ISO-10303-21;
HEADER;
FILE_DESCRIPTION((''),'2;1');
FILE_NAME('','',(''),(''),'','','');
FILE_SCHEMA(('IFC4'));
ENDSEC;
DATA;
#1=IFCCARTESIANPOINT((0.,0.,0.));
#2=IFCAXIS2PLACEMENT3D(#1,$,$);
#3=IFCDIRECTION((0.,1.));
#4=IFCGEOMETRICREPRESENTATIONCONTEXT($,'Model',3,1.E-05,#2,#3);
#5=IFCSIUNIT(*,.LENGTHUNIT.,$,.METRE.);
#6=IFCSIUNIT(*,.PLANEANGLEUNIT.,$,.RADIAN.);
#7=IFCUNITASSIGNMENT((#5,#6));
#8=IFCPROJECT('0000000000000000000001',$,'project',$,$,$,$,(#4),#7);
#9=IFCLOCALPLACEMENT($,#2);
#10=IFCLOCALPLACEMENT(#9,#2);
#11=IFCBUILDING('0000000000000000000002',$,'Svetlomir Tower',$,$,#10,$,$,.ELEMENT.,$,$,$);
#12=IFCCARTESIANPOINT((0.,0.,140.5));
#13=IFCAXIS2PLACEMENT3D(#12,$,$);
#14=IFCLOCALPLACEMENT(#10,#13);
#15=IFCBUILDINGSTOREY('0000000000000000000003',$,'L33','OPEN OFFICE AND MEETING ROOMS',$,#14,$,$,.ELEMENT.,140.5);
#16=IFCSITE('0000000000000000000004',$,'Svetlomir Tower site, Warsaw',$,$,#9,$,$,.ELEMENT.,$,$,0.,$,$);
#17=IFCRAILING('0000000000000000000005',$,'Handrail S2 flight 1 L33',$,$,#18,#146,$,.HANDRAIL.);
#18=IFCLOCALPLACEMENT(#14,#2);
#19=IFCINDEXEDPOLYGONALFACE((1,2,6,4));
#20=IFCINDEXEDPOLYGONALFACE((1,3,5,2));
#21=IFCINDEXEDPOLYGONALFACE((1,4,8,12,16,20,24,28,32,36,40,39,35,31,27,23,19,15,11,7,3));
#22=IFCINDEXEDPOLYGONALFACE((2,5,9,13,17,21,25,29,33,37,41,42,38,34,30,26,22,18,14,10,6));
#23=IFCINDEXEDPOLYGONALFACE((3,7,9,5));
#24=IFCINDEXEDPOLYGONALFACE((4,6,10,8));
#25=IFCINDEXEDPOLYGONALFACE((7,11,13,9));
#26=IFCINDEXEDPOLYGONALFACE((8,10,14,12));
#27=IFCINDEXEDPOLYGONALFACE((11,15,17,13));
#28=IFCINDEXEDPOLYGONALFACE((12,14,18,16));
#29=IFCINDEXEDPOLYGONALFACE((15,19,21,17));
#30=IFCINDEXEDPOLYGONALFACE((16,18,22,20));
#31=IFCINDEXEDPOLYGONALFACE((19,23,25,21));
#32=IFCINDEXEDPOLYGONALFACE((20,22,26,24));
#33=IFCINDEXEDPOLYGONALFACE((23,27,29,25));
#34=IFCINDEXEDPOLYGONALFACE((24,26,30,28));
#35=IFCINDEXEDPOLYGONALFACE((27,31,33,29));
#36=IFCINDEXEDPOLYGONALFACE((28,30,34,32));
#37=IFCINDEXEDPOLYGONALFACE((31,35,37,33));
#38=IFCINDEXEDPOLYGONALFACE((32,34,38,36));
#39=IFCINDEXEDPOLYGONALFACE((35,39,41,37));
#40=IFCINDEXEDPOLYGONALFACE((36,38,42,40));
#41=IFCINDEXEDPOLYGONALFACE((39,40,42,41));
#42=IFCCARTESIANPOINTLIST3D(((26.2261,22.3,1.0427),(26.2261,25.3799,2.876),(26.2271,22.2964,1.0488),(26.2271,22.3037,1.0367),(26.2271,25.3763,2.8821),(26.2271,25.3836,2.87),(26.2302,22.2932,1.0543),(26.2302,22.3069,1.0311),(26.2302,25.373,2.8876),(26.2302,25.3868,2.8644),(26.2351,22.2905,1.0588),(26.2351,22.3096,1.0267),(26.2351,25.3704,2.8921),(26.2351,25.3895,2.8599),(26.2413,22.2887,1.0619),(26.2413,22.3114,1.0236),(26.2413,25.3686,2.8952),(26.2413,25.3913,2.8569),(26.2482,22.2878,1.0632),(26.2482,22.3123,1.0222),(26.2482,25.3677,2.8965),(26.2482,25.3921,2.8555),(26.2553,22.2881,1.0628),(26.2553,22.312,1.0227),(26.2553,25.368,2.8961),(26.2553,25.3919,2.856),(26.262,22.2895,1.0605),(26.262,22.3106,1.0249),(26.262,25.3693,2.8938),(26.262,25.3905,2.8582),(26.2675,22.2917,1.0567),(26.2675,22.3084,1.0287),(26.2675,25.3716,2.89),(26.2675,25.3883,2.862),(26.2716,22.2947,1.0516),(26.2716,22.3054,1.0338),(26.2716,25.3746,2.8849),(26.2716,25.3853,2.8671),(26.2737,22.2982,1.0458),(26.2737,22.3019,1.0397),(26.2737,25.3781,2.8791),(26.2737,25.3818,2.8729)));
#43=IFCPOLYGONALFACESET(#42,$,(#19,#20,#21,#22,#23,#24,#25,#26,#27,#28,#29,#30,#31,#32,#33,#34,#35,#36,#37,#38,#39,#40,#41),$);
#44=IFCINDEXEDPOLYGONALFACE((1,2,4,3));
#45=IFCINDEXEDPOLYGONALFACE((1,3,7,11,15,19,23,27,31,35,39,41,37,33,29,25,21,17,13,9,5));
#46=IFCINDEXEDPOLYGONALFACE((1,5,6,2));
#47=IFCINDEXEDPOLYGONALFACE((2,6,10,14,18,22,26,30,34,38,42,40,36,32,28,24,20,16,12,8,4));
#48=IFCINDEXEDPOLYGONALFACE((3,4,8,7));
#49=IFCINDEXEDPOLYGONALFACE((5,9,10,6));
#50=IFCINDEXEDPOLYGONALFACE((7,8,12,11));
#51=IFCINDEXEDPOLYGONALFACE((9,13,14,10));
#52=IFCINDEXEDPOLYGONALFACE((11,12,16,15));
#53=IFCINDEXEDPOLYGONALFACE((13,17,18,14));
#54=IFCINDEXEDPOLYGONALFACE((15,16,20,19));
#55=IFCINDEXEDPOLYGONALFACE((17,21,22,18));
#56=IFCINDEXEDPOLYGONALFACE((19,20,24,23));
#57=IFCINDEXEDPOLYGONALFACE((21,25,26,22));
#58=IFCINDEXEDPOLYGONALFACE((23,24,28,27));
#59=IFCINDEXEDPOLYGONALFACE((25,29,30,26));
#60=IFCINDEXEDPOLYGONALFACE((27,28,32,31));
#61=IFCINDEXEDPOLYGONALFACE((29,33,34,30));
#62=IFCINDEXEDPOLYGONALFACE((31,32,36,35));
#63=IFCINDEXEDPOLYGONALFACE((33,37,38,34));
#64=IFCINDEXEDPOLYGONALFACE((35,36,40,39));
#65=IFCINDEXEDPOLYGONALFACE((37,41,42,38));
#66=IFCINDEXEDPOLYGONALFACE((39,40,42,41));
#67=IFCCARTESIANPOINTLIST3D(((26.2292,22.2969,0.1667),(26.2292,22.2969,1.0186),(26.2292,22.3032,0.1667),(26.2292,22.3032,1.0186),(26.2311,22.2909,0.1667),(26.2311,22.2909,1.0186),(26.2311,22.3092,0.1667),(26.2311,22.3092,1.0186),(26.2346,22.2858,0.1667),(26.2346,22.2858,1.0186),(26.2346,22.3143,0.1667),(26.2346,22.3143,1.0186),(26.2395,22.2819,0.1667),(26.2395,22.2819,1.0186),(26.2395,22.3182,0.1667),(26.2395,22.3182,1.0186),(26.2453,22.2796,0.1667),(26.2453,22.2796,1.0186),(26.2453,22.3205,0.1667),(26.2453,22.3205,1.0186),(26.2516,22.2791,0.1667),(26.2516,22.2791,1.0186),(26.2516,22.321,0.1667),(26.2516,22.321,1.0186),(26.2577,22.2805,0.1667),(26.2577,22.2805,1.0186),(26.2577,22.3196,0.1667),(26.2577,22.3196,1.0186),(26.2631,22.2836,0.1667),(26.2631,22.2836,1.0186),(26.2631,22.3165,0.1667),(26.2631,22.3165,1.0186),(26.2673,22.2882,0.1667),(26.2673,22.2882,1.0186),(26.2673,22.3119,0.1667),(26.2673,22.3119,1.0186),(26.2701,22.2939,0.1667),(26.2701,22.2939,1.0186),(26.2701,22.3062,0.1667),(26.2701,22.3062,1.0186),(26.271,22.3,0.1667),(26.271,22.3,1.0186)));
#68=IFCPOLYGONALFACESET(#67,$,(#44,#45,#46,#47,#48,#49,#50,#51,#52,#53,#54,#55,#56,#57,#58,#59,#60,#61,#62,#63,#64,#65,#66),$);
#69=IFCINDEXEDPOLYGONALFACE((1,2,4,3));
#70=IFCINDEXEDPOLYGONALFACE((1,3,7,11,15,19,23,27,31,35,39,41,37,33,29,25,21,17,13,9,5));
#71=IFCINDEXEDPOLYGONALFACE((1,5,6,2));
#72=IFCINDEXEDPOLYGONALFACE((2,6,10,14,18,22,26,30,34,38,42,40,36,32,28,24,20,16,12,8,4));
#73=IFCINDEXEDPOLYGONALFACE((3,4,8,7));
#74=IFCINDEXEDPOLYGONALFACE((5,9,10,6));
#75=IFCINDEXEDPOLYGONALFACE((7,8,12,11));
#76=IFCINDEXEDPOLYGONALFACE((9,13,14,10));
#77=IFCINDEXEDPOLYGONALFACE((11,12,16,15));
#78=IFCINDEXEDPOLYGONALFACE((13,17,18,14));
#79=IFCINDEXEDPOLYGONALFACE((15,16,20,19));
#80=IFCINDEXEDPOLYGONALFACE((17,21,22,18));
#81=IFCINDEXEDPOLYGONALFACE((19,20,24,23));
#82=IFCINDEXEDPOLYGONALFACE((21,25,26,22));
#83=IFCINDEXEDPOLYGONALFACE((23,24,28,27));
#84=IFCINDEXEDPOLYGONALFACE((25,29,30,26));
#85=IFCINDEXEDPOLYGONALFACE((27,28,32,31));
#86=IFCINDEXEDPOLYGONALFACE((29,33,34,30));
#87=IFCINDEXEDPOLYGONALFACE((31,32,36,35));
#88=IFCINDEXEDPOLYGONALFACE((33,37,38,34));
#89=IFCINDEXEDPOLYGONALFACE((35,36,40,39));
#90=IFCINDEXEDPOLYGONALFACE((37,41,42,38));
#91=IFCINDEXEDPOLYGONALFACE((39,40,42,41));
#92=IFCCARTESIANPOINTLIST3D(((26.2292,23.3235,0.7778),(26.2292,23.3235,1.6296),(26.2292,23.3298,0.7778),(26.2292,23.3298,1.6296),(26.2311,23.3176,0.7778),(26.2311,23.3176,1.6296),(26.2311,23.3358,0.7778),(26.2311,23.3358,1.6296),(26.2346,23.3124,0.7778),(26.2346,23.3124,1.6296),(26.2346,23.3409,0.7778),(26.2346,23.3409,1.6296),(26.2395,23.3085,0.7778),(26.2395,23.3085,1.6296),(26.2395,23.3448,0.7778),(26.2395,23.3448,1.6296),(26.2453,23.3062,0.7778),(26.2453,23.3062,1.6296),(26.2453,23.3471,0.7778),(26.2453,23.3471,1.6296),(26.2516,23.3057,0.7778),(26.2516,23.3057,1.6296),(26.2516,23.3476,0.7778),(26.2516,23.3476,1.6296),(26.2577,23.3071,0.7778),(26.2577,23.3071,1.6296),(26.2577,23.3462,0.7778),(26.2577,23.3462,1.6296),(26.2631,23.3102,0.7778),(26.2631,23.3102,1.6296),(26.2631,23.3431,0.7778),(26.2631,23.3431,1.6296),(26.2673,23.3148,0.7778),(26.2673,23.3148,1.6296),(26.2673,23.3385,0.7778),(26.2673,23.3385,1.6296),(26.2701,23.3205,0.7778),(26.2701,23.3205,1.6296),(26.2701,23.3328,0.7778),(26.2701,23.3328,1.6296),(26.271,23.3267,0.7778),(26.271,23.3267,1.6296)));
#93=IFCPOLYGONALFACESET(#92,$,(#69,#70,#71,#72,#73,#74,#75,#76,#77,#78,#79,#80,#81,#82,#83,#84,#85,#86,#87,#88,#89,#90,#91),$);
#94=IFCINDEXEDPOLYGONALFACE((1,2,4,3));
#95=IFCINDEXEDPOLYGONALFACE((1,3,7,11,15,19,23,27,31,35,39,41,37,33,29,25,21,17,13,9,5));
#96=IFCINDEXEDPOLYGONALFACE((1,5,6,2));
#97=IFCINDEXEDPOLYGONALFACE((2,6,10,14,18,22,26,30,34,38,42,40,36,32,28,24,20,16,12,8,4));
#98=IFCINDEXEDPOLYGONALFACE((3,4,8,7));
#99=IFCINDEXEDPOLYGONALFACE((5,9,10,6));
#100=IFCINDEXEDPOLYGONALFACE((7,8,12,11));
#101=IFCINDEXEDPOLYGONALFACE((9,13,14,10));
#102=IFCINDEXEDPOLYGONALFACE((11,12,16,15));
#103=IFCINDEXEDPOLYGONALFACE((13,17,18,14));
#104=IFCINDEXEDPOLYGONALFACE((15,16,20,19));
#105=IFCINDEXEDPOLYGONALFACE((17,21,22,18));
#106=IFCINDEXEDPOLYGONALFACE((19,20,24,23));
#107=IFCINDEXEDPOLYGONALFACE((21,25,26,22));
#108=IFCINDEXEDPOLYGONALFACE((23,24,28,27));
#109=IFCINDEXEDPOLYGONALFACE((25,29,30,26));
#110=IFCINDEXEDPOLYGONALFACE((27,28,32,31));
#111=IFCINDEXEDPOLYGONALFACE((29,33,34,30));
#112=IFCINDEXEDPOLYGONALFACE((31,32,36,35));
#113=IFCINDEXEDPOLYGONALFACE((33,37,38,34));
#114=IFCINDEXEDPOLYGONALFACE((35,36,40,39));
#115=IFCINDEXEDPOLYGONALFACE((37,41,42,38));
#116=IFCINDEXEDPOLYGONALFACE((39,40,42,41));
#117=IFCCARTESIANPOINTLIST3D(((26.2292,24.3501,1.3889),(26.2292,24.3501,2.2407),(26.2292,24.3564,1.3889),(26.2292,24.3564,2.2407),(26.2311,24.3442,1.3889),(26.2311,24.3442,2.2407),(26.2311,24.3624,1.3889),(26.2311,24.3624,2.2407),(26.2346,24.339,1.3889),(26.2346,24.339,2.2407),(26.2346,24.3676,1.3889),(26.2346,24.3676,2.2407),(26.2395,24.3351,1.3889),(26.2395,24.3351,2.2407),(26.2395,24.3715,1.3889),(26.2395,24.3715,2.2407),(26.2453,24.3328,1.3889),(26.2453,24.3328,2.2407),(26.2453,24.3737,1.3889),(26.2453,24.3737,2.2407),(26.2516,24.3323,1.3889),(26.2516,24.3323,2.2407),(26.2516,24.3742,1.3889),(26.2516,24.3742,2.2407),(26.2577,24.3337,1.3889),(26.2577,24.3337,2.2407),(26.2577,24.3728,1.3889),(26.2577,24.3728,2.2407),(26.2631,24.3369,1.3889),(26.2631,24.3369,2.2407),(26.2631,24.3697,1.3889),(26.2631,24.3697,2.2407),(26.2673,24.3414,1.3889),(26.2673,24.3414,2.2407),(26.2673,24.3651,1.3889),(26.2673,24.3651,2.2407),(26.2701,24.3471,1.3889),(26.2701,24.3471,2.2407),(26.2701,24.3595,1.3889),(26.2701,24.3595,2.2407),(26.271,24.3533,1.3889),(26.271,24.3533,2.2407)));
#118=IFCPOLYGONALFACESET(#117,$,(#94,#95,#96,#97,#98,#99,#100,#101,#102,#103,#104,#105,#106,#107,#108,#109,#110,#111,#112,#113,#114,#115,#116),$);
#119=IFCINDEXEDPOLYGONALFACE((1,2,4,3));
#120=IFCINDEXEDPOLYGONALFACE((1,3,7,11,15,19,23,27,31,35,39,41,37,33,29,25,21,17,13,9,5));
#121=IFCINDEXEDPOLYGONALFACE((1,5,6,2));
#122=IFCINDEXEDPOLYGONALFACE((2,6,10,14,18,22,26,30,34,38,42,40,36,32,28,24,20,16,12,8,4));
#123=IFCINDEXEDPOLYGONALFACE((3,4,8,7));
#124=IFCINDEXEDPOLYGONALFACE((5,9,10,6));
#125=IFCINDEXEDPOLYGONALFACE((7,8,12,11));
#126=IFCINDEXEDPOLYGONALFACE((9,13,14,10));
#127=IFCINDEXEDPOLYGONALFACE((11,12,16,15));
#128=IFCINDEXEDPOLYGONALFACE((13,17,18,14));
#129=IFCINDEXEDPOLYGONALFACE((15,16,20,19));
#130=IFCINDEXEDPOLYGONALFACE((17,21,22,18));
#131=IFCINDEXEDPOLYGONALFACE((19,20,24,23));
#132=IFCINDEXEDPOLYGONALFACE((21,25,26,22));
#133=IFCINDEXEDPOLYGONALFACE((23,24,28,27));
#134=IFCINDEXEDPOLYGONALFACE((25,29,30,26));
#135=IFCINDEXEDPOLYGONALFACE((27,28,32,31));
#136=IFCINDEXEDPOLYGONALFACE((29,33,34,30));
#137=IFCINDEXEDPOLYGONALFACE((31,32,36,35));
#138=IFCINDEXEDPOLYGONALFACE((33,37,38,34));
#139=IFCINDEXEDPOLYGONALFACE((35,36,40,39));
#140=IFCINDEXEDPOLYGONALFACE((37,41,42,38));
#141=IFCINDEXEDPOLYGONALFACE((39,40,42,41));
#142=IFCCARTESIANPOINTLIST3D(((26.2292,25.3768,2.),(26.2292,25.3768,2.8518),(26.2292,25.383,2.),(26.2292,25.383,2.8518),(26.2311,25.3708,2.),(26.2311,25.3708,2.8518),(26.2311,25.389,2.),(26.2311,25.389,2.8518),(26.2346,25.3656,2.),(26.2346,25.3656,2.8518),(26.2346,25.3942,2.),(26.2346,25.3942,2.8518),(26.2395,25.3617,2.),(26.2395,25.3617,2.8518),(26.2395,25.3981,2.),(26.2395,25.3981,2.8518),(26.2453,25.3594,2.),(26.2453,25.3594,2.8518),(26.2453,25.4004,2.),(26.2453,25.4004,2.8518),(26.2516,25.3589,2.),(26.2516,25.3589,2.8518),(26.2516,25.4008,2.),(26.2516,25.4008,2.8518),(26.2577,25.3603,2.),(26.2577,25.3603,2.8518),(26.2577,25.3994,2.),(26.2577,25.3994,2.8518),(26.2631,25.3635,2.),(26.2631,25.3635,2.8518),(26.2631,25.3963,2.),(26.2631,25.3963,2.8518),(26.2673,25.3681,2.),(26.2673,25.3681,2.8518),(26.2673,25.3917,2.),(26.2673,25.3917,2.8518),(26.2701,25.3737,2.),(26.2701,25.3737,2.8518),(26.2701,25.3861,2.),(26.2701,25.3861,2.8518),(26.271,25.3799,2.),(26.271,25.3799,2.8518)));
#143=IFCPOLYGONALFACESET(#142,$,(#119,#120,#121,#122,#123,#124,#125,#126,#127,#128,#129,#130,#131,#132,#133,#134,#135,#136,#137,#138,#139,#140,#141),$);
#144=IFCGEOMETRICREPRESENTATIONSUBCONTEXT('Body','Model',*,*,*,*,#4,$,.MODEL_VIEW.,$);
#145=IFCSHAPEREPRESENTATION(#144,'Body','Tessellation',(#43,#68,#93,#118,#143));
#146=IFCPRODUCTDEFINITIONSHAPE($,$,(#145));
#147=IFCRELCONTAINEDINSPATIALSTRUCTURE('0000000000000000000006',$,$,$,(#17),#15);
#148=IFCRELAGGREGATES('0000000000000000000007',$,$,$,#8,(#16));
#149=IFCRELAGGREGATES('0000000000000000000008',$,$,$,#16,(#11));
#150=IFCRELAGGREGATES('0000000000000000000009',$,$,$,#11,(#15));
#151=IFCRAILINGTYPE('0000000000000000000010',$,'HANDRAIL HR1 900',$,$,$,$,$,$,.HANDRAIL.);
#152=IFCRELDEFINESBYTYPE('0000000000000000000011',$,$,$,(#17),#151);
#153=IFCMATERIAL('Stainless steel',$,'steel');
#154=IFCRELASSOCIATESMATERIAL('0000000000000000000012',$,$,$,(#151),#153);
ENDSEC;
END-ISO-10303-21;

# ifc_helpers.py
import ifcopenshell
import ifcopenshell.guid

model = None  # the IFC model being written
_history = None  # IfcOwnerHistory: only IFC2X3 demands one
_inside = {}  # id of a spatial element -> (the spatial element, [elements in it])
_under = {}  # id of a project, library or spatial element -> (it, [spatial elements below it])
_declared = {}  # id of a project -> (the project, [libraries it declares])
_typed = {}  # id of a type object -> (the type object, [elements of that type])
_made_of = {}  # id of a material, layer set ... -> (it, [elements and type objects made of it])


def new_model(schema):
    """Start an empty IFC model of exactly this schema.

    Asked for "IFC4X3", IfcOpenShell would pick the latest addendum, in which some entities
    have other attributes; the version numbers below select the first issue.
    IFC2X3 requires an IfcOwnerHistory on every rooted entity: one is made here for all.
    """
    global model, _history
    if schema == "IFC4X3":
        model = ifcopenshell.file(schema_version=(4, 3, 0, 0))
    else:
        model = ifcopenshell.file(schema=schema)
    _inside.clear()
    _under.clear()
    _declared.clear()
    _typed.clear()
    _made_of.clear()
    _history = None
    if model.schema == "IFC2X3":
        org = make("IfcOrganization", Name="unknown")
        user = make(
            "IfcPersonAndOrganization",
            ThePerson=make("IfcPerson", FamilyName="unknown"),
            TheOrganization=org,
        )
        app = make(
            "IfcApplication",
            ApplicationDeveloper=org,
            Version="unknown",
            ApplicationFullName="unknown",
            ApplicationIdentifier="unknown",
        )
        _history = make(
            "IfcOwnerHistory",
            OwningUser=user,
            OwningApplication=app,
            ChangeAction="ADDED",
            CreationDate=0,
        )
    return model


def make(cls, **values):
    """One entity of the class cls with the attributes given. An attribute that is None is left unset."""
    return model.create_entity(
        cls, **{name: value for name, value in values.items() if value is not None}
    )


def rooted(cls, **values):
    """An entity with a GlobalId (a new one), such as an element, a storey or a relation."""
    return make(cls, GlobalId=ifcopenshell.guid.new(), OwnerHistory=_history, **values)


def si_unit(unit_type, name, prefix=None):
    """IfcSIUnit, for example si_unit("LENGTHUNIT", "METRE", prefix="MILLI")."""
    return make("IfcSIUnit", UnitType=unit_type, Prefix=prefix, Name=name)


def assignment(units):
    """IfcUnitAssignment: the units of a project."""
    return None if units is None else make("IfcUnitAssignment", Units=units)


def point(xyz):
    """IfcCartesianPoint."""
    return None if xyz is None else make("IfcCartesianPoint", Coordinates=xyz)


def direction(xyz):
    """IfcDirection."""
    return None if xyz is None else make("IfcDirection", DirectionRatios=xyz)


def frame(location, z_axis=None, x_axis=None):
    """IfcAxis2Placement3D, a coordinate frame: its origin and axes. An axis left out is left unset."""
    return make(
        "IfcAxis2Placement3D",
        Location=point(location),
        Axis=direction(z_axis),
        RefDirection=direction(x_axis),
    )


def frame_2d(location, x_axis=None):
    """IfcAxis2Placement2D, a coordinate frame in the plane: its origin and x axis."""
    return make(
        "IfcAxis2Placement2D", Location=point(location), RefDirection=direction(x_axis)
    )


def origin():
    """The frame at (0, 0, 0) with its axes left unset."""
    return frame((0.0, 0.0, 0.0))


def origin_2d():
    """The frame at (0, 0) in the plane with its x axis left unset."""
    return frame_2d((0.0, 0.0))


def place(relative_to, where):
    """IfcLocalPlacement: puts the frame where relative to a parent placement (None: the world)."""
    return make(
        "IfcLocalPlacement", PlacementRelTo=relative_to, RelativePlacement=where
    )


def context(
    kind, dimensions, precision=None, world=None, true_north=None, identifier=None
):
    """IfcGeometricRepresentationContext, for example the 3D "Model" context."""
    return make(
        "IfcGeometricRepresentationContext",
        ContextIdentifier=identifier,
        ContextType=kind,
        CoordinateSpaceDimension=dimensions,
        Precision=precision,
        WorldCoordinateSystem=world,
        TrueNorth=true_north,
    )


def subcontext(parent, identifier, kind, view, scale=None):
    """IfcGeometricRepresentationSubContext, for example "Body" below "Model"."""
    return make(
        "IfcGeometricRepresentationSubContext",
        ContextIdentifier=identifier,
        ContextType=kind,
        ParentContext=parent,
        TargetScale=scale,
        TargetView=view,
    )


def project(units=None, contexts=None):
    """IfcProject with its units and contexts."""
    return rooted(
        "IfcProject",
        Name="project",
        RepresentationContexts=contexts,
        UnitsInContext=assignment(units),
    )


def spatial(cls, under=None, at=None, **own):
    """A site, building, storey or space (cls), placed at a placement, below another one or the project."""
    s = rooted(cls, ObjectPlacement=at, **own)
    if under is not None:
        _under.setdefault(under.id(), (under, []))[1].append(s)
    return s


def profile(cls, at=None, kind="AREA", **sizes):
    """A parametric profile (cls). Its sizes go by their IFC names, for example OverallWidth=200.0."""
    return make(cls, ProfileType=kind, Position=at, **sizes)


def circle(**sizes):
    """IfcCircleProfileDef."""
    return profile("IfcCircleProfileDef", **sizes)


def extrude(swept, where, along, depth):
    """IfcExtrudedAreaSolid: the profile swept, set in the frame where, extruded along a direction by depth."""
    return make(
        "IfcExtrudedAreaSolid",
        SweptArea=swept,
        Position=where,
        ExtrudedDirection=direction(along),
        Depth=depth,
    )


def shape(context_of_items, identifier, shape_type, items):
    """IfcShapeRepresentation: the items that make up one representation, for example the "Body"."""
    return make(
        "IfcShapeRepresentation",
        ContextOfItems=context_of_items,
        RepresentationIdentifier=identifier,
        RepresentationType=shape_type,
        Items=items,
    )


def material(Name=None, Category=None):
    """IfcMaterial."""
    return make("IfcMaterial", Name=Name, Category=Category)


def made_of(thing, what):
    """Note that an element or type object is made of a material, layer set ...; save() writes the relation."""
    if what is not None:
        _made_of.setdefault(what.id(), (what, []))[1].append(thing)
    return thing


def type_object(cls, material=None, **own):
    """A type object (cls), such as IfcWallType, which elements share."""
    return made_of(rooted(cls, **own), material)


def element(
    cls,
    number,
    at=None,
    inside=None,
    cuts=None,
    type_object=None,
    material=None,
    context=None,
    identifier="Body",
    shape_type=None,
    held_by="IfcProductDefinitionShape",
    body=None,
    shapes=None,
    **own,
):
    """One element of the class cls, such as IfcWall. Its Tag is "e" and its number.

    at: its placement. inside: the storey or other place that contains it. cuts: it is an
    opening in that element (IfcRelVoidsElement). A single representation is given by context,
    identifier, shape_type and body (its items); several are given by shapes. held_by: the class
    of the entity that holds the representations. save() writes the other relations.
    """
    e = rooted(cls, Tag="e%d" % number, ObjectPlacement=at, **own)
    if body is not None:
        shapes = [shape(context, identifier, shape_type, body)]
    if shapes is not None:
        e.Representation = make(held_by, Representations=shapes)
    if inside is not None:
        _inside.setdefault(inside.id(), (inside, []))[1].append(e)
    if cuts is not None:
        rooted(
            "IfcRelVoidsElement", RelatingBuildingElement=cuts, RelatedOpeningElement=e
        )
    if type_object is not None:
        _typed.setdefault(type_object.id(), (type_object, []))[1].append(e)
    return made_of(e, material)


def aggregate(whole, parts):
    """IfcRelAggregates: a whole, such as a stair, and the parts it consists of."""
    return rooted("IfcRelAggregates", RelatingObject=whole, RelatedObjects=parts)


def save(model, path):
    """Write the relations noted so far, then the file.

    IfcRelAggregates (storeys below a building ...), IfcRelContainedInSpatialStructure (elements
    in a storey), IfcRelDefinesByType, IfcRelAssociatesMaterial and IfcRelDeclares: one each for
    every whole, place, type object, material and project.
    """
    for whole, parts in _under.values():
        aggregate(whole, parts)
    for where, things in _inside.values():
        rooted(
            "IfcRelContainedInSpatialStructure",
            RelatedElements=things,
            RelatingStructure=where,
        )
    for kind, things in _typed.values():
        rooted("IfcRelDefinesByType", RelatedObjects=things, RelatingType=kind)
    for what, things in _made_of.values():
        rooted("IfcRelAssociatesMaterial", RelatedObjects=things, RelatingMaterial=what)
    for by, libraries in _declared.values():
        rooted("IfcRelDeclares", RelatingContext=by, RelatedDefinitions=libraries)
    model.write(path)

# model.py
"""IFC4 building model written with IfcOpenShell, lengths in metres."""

from ifc_helpers import new_model, si_unit, direction, frame, origin, origin_2d, place, context, subcontext, project, spatial, circle, extrude, material, type_object, element, save


model = new_model("IFC4")

# Units and contexts
model_context = context("Model", 3, precision=1e-05, world=origin(), true_north=direction((0.0, 1.0)))
body_context = subcontext(model_context, "Body", "Model", "MODEL_VIEW")
ifc_project = project(units=[si_unit("LENGTHUNIT", "METRE"), si_unit("PLANEANGLEUNIT", "RADIAN")], contexts=[model_context])

# Site, building, storey
site_placement = place(None, origin())
site = spatial("IfcSite", under=ifc_project, at=site_placement, Name="Svetlomir Tower site, Warsaw", CompositionType="ELEMENT", RefElevation=0.0)
building_placement = place(site_placement, origin())
building = spatial("IfcBuilding", under=site, at=building_placement, Name="Svetlomir Tower", CompositionType="ELEMENT")
storey_placement = place(building_placement, frame((0.0, 0.0, 140.5)))
storey = spatial("IfcBuildingStorey", under=building, at=storey_placement, Name="L33", Description="OPEN OFFICE AND MEETING ROOMS", CompositionType="ELEMENT", Elevation=140.5)

# Railing
ifc_material_1 = material(Name="Stainless steel", Category="steel")
railing_type = type_object("IfcRailingType", Name="HANDRAIL HR1 900", PredefinedType="HANDRAIL", material=ifc_material_1)
railing_1_placement = place(storey_placement, frame((26.25, 22.3, 0.1667)))
element("IfcRailing", 1, at=railing_1_placement, inside=storey, type_object=railing_type, Name="Handrail S2 flight 1 L33", PredefinedType="HANDRAIL", context=body_context, shape_type="SweptSolid", body=[
    extrude(circle(Radius=0.0239, at=origin_2d()), frame((0.0, 0.0, 0.876), z_axis=(0.0, 0.859291, 0.511487), x_axis=(-1.0, 0.0, 0.0)), (0.0, 0.0, 1.0), 3.5842),
    extrude(circle(Radius=0.021, at=origin_2d()), origin(), (0.0, 0.0, 1.0), 0.8518),
    extrude(circle(Radius=0.021, at=origin_2d()), frame((0.0, 1.0266, 0.6111)), (0.0, 0.0, 1.0), 0.8518),
    extrude(circle(Radius=0.021, at=origin_2d()), frame((0.0, 2.0532, 1.2222)), (0.0, 0.0, 1.0), 0.8518),
    extrude(circle(Radius=0.021, at=origin_2d()), frame((0.0, 3.0798, 1.8333)), (0.0, 0.0, 1.0), 0.8518),
])

save(model, "model.ifc")
